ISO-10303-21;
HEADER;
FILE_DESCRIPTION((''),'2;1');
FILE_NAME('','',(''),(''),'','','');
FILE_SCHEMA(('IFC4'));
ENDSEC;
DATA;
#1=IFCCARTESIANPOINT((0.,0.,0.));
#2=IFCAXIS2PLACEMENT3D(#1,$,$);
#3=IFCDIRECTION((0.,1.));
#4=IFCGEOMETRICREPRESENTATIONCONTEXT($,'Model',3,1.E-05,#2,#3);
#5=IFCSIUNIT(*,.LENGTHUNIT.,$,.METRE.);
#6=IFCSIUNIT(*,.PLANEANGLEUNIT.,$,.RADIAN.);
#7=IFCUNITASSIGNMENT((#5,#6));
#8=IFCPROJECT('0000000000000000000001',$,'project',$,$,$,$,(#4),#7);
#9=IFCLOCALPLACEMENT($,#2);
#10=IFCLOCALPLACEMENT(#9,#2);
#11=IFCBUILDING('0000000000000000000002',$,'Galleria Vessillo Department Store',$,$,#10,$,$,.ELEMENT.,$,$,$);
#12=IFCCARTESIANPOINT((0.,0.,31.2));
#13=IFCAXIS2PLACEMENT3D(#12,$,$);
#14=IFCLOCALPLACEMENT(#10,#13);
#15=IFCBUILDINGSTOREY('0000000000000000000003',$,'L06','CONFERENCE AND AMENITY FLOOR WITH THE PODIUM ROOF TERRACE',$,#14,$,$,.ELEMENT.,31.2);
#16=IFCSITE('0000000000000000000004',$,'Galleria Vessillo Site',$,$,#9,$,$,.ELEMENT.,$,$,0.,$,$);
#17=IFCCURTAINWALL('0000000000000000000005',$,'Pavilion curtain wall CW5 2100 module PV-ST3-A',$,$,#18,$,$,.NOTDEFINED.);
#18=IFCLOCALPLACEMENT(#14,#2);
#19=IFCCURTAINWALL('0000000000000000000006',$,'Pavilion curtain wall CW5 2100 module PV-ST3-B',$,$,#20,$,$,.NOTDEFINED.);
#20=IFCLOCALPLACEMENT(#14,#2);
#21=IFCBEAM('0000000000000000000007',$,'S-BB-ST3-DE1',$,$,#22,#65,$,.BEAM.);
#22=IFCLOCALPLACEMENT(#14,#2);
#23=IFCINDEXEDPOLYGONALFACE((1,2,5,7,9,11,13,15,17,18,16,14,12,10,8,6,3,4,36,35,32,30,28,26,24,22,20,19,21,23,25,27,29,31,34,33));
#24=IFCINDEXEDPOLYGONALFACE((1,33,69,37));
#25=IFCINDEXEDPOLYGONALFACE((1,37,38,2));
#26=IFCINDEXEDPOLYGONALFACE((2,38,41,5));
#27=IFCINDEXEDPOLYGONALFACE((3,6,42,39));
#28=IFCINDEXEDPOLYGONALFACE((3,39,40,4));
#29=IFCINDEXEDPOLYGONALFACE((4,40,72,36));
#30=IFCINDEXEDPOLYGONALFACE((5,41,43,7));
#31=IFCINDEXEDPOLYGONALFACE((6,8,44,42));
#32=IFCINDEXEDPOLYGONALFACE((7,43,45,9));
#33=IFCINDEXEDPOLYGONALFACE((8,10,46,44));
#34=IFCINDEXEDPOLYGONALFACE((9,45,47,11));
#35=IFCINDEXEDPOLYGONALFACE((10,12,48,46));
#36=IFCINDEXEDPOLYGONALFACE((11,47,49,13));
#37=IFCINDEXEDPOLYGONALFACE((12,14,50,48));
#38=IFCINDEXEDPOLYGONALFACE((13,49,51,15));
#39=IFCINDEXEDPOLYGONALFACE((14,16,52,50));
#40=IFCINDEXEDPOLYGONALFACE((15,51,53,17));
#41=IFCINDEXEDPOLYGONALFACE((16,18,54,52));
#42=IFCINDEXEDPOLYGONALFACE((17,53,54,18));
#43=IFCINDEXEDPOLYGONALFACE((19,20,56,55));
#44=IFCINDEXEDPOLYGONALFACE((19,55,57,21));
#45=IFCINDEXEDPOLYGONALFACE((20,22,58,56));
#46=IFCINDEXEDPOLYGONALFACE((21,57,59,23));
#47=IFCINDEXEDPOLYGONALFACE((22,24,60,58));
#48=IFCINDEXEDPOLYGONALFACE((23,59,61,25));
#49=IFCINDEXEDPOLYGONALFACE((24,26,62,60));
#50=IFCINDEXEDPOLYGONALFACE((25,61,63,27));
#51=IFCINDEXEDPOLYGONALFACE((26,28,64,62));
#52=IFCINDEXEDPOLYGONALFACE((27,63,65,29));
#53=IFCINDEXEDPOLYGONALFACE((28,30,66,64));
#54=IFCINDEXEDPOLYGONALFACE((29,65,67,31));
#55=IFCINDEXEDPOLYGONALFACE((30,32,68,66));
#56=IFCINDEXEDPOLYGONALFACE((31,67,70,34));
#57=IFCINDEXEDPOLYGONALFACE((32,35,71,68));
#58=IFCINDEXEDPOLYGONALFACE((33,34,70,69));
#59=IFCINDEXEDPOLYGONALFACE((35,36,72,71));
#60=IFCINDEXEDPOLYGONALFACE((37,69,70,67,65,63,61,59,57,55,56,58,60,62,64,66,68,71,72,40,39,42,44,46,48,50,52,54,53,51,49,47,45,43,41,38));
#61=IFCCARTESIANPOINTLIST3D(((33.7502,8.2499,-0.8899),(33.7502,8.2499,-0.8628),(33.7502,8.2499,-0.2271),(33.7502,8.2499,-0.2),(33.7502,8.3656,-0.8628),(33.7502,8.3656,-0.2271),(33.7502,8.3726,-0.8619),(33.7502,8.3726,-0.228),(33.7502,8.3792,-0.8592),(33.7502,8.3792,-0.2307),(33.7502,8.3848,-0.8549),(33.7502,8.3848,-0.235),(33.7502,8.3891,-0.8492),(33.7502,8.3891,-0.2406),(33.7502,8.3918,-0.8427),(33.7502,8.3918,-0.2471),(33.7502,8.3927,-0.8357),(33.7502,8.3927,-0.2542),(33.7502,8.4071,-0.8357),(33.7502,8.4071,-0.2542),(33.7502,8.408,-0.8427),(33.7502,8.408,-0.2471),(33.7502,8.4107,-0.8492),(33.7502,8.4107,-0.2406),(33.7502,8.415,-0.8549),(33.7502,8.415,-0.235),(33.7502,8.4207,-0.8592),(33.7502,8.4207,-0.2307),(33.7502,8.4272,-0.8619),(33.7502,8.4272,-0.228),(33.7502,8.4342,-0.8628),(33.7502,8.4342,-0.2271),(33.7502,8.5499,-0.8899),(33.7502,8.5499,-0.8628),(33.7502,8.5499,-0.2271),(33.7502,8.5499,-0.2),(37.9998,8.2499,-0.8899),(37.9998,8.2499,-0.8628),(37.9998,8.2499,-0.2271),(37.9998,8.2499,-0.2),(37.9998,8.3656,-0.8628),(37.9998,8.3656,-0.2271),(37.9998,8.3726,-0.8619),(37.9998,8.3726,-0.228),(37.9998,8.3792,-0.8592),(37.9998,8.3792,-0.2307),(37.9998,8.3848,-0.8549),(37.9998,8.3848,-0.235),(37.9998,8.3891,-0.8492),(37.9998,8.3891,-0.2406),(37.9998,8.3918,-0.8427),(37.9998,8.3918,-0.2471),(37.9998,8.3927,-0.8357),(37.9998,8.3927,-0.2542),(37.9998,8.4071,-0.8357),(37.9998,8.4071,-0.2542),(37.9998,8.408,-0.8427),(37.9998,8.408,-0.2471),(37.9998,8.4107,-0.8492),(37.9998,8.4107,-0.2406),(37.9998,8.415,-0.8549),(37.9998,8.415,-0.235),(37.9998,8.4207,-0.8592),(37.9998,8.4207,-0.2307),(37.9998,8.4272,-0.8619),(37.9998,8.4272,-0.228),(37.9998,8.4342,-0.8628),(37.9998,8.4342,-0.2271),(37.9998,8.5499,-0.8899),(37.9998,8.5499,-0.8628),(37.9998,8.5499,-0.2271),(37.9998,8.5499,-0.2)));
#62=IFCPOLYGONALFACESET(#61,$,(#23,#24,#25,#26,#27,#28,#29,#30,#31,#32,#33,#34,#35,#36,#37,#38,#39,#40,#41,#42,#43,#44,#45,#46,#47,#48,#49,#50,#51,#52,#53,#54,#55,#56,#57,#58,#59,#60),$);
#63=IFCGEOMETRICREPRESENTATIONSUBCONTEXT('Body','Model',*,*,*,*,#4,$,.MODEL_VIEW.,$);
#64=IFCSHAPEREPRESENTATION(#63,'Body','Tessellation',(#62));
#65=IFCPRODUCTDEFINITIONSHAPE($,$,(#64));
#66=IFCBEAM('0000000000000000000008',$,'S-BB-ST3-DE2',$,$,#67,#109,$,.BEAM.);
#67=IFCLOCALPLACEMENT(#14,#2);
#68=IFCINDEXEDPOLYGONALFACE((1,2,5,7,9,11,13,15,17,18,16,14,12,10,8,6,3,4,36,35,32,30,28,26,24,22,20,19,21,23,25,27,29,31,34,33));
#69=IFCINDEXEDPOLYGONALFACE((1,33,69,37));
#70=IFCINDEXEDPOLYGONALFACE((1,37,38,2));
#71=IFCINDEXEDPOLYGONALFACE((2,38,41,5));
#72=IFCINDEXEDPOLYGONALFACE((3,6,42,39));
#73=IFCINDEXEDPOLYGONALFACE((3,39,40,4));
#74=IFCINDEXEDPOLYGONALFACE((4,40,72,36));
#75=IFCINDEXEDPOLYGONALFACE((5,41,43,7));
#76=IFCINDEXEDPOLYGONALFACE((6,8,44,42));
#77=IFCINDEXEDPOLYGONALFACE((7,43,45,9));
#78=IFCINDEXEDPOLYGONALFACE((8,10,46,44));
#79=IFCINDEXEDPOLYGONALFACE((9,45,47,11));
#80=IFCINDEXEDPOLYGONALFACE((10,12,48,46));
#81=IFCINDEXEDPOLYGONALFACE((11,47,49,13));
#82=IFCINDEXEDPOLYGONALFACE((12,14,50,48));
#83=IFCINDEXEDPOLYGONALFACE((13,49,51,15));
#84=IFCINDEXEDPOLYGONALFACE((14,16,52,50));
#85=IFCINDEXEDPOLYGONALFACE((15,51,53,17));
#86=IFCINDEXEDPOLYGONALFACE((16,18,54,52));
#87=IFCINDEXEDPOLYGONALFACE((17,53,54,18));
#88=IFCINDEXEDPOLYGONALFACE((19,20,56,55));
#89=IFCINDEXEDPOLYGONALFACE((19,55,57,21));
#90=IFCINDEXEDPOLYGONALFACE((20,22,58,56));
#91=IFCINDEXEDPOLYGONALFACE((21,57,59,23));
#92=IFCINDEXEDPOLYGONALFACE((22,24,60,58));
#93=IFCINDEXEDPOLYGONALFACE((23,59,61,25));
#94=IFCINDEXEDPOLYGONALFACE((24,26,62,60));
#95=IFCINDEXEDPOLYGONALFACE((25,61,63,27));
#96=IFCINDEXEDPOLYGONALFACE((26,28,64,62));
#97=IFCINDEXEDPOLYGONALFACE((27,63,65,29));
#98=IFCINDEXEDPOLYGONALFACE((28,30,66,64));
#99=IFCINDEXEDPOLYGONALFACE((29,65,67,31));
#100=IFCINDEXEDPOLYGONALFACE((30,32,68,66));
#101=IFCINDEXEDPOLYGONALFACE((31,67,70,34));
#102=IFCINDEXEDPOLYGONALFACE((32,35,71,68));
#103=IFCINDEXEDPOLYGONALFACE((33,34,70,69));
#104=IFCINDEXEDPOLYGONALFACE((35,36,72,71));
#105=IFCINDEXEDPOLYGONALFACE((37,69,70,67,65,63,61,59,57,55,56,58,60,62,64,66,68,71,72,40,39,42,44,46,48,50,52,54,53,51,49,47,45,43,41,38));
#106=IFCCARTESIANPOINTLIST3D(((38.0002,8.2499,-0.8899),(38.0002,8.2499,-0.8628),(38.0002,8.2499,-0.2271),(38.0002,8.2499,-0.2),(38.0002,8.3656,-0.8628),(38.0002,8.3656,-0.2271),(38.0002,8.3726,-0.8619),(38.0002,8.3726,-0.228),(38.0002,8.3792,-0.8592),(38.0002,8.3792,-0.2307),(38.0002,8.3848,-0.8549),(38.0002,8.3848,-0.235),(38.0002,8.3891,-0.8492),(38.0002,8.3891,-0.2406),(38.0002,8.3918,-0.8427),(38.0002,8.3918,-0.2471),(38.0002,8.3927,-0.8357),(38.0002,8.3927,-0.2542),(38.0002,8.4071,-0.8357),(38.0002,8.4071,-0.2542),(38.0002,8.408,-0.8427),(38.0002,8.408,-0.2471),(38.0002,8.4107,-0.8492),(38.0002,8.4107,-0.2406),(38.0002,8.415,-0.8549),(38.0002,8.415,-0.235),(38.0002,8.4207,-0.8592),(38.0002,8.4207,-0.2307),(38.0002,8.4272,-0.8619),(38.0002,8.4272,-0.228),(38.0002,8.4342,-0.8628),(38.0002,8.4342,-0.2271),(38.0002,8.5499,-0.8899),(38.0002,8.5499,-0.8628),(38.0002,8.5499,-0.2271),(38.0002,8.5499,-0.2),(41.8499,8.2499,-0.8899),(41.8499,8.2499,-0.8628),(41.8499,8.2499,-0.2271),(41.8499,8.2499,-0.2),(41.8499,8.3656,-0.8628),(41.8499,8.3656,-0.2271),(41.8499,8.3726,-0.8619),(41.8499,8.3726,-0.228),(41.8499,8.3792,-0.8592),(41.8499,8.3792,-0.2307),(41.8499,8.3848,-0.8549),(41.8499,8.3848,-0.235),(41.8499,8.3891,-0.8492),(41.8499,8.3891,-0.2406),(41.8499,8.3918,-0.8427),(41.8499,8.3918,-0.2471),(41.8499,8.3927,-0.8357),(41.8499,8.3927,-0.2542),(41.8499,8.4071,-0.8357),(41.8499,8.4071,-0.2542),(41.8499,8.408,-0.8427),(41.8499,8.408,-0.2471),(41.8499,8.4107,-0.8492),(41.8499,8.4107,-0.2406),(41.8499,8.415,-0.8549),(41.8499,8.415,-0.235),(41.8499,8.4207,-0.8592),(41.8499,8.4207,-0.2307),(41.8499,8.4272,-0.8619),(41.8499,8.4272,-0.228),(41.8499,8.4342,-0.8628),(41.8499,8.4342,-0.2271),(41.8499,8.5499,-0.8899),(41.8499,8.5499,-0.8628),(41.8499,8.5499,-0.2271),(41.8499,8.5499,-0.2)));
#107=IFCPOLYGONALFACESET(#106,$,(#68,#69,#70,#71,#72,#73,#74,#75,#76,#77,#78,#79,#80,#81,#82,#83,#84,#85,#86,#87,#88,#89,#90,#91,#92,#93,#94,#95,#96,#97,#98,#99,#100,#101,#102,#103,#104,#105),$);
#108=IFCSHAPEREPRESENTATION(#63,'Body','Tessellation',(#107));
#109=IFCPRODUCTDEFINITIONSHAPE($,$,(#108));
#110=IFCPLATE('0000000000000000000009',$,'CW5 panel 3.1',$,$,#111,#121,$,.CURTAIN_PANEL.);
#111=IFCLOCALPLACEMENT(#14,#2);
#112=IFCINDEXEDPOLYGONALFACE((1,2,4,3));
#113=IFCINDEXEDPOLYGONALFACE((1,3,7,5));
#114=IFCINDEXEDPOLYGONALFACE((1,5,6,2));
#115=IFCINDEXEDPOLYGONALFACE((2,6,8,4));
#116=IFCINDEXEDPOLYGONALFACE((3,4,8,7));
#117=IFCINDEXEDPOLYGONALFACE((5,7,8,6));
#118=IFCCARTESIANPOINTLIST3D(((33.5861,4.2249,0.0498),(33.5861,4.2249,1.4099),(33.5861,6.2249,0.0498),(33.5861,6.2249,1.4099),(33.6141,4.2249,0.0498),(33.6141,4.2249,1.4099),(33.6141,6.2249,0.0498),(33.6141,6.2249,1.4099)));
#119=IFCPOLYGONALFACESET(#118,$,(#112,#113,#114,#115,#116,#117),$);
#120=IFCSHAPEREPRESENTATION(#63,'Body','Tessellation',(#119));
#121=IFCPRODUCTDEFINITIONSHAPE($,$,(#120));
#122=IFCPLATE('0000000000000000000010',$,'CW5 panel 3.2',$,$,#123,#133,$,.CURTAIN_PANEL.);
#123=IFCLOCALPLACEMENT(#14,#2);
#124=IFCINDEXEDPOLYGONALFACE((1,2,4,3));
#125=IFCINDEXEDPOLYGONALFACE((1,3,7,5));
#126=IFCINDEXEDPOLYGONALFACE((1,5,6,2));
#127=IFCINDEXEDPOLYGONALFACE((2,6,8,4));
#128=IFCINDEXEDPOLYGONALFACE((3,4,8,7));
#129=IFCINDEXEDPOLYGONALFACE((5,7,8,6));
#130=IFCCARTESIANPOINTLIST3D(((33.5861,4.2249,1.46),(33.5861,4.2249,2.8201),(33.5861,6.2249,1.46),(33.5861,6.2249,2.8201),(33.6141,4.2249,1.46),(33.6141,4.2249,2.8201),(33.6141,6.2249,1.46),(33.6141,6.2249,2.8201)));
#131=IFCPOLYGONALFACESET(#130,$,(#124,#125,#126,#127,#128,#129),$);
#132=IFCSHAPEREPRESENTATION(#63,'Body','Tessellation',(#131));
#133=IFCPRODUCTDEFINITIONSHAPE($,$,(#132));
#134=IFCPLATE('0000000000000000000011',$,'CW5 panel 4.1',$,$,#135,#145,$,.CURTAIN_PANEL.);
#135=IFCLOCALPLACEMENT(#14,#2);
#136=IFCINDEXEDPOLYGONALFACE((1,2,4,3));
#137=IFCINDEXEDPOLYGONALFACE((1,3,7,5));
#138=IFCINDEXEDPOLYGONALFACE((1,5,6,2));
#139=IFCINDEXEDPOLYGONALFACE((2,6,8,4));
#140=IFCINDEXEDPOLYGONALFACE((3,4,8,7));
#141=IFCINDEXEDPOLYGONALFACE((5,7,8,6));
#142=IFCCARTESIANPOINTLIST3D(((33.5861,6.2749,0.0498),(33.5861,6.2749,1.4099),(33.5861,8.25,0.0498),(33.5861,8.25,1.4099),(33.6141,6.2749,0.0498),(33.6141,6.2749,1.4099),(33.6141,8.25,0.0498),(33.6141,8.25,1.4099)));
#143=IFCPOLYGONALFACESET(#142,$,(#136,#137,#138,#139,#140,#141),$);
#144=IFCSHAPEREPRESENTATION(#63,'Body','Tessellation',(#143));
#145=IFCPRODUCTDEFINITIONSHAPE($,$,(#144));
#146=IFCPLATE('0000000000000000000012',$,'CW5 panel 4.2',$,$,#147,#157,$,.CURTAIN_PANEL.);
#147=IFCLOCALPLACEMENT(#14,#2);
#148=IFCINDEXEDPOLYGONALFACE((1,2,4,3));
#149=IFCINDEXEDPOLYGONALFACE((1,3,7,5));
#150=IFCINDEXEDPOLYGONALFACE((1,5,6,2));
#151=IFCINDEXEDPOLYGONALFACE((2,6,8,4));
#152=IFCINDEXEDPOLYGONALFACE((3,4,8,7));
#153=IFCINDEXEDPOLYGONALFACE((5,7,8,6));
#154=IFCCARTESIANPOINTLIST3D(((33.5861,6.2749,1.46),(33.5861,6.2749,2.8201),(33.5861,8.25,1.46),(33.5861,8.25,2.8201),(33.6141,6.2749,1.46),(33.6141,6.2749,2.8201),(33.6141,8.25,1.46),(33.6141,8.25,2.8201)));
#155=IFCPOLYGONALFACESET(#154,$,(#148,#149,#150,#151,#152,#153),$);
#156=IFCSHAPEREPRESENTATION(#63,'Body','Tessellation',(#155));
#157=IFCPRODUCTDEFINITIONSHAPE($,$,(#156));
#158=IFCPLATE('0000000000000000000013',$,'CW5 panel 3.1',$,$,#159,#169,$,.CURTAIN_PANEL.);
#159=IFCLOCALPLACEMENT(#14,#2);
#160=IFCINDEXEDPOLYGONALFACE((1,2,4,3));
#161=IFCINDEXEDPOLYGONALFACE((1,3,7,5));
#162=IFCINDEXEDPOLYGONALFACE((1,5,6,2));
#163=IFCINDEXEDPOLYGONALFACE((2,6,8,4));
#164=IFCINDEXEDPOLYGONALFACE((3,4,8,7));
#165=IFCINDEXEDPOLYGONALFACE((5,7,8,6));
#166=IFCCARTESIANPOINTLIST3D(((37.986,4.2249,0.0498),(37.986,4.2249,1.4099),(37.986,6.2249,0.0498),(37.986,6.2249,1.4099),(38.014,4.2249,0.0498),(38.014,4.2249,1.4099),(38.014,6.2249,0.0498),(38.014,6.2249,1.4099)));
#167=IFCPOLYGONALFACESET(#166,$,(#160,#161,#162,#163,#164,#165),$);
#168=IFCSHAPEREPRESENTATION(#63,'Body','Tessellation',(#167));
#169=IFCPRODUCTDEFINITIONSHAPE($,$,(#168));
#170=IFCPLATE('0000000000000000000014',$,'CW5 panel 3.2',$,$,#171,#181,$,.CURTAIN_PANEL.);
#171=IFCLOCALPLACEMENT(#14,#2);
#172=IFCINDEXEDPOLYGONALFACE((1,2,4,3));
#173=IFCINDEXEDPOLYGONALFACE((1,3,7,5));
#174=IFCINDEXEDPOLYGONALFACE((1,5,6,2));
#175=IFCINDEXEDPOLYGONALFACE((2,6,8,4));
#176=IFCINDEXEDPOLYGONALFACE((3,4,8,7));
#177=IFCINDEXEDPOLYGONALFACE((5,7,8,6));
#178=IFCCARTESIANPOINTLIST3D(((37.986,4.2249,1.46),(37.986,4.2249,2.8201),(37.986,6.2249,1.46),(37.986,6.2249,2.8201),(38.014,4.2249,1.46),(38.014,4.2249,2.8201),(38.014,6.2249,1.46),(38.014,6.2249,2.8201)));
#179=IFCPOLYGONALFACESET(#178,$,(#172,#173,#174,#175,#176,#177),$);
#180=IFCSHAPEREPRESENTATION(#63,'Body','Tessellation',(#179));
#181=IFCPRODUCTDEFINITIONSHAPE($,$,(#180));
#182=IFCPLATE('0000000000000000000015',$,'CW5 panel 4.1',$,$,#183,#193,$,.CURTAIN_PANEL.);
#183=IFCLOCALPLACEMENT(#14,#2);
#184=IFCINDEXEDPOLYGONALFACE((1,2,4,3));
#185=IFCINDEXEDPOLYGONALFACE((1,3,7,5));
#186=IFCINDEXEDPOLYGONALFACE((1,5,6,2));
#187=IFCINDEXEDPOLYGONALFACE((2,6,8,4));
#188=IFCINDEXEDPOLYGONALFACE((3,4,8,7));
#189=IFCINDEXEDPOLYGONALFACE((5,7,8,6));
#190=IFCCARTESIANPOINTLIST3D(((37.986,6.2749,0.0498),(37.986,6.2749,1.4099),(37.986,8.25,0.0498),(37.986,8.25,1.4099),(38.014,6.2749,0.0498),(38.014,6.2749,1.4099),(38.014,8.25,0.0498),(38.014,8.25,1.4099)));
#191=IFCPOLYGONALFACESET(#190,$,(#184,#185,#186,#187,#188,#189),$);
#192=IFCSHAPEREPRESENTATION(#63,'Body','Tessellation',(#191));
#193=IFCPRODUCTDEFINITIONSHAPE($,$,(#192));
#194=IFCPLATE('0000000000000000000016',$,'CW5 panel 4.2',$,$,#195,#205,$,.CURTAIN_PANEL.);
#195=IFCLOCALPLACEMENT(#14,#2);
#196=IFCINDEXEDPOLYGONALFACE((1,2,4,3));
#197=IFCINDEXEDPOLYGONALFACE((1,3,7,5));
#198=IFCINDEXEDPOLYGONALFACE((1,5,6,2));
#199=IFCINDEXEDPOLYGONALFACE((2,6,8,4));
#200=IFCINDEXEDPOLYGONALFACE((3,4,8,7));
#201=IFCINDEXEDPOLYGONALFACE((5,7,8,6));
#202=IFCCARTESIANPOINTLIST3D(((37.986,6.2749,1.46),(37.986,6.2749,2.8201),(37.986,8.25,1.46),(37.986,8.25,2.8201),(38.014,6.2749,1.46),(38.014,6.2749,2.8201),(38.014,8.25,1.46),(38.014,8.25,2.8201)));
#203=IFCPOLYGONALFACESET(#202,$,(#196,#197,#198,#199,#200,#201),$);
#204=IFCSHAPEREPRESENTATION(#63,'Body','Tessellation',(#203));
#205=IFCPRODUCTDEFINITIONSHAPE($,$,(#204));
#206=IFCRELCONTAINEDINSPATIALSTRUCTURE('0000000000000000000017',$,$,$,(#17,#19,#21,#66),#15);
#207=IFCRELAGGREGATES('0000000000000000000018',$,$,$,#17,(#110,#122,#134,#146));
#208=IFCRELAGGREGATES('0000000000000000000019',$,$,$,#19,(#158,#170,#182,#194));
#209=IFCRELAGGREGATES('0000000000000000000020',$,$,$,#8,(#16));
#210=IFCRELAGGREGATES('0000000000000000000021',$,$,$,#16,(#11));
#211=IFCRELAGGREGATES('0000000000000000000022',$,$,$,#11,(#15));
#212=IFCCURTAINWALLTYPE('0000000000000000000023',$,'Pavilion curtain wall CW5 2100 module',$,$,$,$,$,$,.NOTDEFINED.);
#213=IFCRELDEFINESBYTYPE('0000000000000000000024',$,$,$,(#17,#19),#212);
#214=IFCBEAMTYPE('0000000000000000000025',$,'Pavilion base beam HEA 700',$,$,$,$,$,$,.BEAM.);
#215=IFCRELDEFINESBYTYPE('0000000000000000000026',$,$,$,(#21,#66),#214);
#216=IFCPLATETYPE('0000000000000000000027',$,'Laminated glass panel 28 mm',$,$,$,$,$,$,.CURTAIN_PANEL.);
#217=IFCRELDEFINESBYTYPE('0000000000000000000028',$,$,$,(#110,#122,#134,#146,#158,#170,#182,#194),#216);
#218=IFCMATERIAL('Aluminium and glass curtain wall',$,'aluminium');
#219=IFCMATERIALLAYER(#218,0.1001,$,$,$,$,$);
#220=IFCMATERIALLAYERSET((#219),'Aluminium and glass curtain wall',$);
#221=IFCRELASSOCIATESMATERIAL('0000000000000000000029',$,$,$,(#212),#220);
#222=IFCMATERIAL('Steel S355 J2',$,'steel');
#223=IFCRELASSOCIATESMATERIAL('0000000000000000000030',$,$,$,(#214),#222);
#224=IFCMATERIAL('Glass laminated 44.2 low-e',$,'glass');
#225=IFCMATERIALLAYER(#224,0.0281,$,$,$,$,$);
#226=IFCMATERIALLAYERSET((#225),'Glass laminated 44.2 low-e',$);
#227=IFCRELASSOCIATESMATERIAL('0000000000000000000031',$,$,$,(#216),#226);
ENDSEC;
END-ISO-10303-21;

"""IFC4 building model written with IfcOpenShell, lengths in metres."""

from ifc_helpers import new_model, si_unit, direction, frame, origin, origin_2d, place, context, subcontext, project, spatial, rectangle, i_section, extrude, material, layer, layer_set, material_profile, profile_set, type_object, element, aggregate, save


model = new_model("IFC4")

# Units and contexts
model_context = context("Model", 3, precision=1e-05, world=origin(), true_north=direction((0.0, 1.0)))
body_context = subcontext(model_context, "Body", "Model", "MODEL_VIEW")
ifc_project = project(units=[si_unit("LENGTHUNIT", "METRE"), si_unit("PLANEANGLEUNIT", "RADIAN")], contexts=[model_context])

# Site, building, storey
site_placement = place(None, origin())
site = spatial("IfcSite", under=ifc_project, at=site_placement, Name="Galleria Vessillo Site", CompositionType="ELEMENT", RefElevation=0.0)
building_placement = place(site_placement, origin())
building = spatial("IfcBuilding", under=site, at=building_placement, Name="Galleria Vessillo Department Store", CompositionType="ELEMENT")
storey_placement = place(building_placement, frame((0.0, 0.0, 31.2)))
storey = spatial("IfcBuildingStorey", under=building, at=storey_placement, Name="L06", Description="CONFERENCE AND AMENITY FLOOR WITH THE PODIUM ROOF TERRACE", CompositionType="ELEMENT", Elevation=31.2)

# Curtain walls
ifc_material_1 = material(Name="Aluminium and glass curtain wall", Category="aluminium")
ifc_layer_1 = layer(ifc_material_1, 0.1001)
ifc_layer_set_1 = layer_set([ifc_layer_1], Name="Aluminium and glass curtain wall")
curtain_wall_type = type_object("IfcCurtainWallType", Name="Pavilion curtain wall CW5 2100 module", PredefinedType="NOTDEFINED", material=ifc_layer_set_1)
curtain_wall_1_placement = place(storey_placement, origin())
curtain_wall_1 = element("IfcCurtainWall", 1, at=curtain_wall_1_placement, inside=storey, type_object=curtain_wall_type, Name="Pavilion curtain wall CW5 2100 module PV-ST3-A", PredefinedType="NOTDEFINED")
curtain_wall_2_placement = place(storey_placement, origin())
curtain_wall_2 = element("IfcCurtainWall", 2, at=curtain_wall_2_placement, inside=storey, type_object=curtain_wall_type, Name="Pavilion curtain wall CW5 2100 module PV-ST3-B", PredefinedType="NOTDEFINED")

# Beams
ifc_material_2 = material(Name="Steel S355 J2", Category="steel")
ifc_material_profile_1 = material_profile(ifc_material_2, i_section(OverallWidth=0.3, OverallDepth=0.6899, WebThickness=0.0144, FlangeThickness=0.0271, FilletRadius=0.0271, at=origin_2d()), Name="HEA 700")
ifc_profile_set_1 = profile_set([ifc_material_profile_1], Name="Steel S355 J2")
beam_type = type_object("IfcBeamType", Name="Pavilion base beam HEA 700", PredefinedType="BEAM", material=ifc_profile_set_1)
beam_1_placement = place(storey_placement, frame((33.7502, 8.3999, -0.5449), z_axis=(1.0, 0.0, 0.0), x_axis=(0.0, 1.0, 0.0)))
element("IfcBeam", 3, at=beam_1_placement, inside=storey, type_object=beam_type, Name="S-BB-ST3-DE1", PredefinedType="BEAM", context=body_context, shape_type="SweptSolid", body=[
    extrude(i_section(OverallWidth=0.3, OverallDepth=0.6899, WebThickness=0.0144, FlangeThickness=0.0271, FilletRadius=0.0271, at=origin_2d()), origin(), (0.0, 0.0, 1.0), 4.2495),
])
beam_2_placement = place(storey_placement, frame((38.0002, 8.3999, -0.5449), z_axis=(1.0, 0.0, 0.0), x_axis=(0.0, 1.0, 0.0)))
element("IfcBeam", 4, at=beam_2_placement, inside=storey, type_object=beam_type, Name="S-BB-ST3-DE2", PredefinedType="BEAM", context=body_context, shape_type="SweptSolid", body=[
    extrude(i_section(OverallWidth=0.3, OverallDepth=0.6899, WebThickness=0.0144, FlangeThickness=0.0271, FilletRadius=0.0271, at=origin_2d()), origin(), (0.0, 0.0, 1.0), 3.8496),
])

# Plates
ifc_material_3 = material(Name="Glass laminated 44.2 low-e", Category="glass")
ifc_layer_2 = layer(ifc_material_3, 0.0281)
ifc_layer_set_2 = layer_set([ifc_layer_2], Name="Glass laminated 44.2 low-e")
plate_type = type_object("IfcPlateType", Name="Laminated glass panel 28 mm", PredefinedType="CURTAIN_PANEL", material=ifc_layer_set_2)
plate_1_placement = place(storey_placement, frame((33.6001, 5.2249, 0.0498), z_axis=(0.0, 0.0, 1.0), x_axis=(0.0, 1.0, 0.0)))
plate_1 = element("IfcPlate", 5, at=plate_1_placement, type_object=plate_type, Name="CW5 panel 3.1", PredefinedType="CURTAIN_PANEL", context=body_context, shape_type="SweptSolid", body=[
    extrude(rectangle(XDim=2.0, YDim=0.0281, at=origin_2d()), origin(), (0.0, 0.0, 1.0), 1.3601),
])
plate_2_placement = place(storey_placement, frame((33.6001, 5.2249, 1.46), z_axis=(0.0, 0.0, 1.0), x_axis=(0.0, 1.0, 0.0)))
plate_2 = element("IfcPlate", 6, at=plate_2_placement, type_object=plate_type, Name="CW5 panel 3.2", PredefinedType="CURTAIN_PANEL", context=body_context, shape_type="SweptSolid", body=[
    extrude(rectangle(XDim=2.0, YDim=0.0281, at=origin_2d()), origin(), (0.0, 0.0, 1.0), 1.3601),
])
plate_3_placement = place(storey_placement, frame((33.6001, 7.2625, 0.0498), z_axis=(0.0, 0.0, 1.0), x_axis=(0.0, 1.0, 0.0)))
plate_3 = element("IfcPlate", 7, at=plate_3_placement, type_object=plate_type, Name="CW5 panel 4.1", PredefinedType="CURTAIN_PANEL", context=body_context, shape_type="SweptSolid", body=[
    extrude(rectangle(XDim=1.9751, YDim=0.0281, at=origin_2d()), origin(), (0.0, 0.0, 1.0), 1.3601),
])
plate_4_placement = place(storey_placement, frame((33.6001, 7.2625, 1.46), z_axis=(0.0, 0.0, 1.0), x_axis=(0.0, 1.0, 0.0)))
plate_4 = element("IfcPlate", 8, at=plate_4_placement, type_object=plate_type, Name="CW5 panel 4.2", PredefinedType="CURTAIN_PANEL", context=body_context, shape_type="SweptSolid", body=[
    extrude(rectangle(XDim=1.9751, YDim=0.0281, at=origin_2d()), origin(), (0.0, 0.0, 1.0), 1.3601),
])
aggregate(curtain_wall_1, [plate_1, plate_2, plate_3, plate_4])
plate_5_placement = place(storey_placement, frame((38.0, 5.2249, 0.0498), z_axis=(0.0, 0.0, 1.0), x_axis=(0.0, 1.0, 0.0)))
plate_5 = element("IfcPlate", 9, at=plate_5_placement, type_object=plate_type, Name="CW5 panel 3.1", PredefinedType="CURTAIN_PANEL", context=body_context, shape_type="SweptSolid", body=[
    extrude(rectangle(XDim=2.0, YDim=0.0281, at=origin_2d()), origin(), (0.0, 0.0, 1.0), 1.3601),
])
plate_6_placement = place(storey_placement, frame((38.0, 5.2249, 1.46), z_axis=(0.0, 0.0, 1.0), x_axis=(0.0, 1.0, 0.0)))
plate_6 = element("IfcPlate", 10, at=plate_6_placement, type_object=plate_type, Name="CW5 panel 3.2", PredefinedType="CURTAIN_PANEL", context=body_context, shape_type="SweptSolid", body=[
    extrude(rectangle(XDim=2.0, YDim=0.0281, at=origin_2d()), origin(), (0.0, 0.0, 1.0), 1.3601),
])
plate_7_placement = place(storey_placement, frame((38.0, 7.2625, 0.0498), z_axis=(0.0, 0.0, 1.0), x_axis=(0.0, 1.0, 0.0)))
plate_7 = element("IfcPlate", 11, at=plate_7_placement, type_object=plate_type, Name="CW5 panel 4.1", PredefinedType="CURTAIN_PANEL", context=body_context, shape_type="SweptSolid", body=[
    extrude(rectangle(XDim=1.9751, YDim=0.0281, at=origin_2d()), origin(), (0.0, 0.0, 1.0), 1.3601),
])
plate_8_placement = place(storey_placement, frame((38.0, 7.2625, 1.46), z_axis=(0.0, 0.0, 1.0), x_axis=(0.0, 1.0, 0.0)))
plate_8 = element("IfcPlate", 12, at=plate_8_placement, type_object=plate_type, Name="CW5 panel 4.2", PredefinedType="CURTAIN_PANEL", context=body_context, shape_type="SweptSolid", body=[
    extrude(rectangle(XDim=1.9751, YDim=0.0281, at=origin_2d()), origin(), (0.0, 0.0, 1.0), 1.3601),
])
aggregate(curtain_wall_2, [plate_5, plate_6, plate_7, plate_8])

save(model, "model.ifc")
